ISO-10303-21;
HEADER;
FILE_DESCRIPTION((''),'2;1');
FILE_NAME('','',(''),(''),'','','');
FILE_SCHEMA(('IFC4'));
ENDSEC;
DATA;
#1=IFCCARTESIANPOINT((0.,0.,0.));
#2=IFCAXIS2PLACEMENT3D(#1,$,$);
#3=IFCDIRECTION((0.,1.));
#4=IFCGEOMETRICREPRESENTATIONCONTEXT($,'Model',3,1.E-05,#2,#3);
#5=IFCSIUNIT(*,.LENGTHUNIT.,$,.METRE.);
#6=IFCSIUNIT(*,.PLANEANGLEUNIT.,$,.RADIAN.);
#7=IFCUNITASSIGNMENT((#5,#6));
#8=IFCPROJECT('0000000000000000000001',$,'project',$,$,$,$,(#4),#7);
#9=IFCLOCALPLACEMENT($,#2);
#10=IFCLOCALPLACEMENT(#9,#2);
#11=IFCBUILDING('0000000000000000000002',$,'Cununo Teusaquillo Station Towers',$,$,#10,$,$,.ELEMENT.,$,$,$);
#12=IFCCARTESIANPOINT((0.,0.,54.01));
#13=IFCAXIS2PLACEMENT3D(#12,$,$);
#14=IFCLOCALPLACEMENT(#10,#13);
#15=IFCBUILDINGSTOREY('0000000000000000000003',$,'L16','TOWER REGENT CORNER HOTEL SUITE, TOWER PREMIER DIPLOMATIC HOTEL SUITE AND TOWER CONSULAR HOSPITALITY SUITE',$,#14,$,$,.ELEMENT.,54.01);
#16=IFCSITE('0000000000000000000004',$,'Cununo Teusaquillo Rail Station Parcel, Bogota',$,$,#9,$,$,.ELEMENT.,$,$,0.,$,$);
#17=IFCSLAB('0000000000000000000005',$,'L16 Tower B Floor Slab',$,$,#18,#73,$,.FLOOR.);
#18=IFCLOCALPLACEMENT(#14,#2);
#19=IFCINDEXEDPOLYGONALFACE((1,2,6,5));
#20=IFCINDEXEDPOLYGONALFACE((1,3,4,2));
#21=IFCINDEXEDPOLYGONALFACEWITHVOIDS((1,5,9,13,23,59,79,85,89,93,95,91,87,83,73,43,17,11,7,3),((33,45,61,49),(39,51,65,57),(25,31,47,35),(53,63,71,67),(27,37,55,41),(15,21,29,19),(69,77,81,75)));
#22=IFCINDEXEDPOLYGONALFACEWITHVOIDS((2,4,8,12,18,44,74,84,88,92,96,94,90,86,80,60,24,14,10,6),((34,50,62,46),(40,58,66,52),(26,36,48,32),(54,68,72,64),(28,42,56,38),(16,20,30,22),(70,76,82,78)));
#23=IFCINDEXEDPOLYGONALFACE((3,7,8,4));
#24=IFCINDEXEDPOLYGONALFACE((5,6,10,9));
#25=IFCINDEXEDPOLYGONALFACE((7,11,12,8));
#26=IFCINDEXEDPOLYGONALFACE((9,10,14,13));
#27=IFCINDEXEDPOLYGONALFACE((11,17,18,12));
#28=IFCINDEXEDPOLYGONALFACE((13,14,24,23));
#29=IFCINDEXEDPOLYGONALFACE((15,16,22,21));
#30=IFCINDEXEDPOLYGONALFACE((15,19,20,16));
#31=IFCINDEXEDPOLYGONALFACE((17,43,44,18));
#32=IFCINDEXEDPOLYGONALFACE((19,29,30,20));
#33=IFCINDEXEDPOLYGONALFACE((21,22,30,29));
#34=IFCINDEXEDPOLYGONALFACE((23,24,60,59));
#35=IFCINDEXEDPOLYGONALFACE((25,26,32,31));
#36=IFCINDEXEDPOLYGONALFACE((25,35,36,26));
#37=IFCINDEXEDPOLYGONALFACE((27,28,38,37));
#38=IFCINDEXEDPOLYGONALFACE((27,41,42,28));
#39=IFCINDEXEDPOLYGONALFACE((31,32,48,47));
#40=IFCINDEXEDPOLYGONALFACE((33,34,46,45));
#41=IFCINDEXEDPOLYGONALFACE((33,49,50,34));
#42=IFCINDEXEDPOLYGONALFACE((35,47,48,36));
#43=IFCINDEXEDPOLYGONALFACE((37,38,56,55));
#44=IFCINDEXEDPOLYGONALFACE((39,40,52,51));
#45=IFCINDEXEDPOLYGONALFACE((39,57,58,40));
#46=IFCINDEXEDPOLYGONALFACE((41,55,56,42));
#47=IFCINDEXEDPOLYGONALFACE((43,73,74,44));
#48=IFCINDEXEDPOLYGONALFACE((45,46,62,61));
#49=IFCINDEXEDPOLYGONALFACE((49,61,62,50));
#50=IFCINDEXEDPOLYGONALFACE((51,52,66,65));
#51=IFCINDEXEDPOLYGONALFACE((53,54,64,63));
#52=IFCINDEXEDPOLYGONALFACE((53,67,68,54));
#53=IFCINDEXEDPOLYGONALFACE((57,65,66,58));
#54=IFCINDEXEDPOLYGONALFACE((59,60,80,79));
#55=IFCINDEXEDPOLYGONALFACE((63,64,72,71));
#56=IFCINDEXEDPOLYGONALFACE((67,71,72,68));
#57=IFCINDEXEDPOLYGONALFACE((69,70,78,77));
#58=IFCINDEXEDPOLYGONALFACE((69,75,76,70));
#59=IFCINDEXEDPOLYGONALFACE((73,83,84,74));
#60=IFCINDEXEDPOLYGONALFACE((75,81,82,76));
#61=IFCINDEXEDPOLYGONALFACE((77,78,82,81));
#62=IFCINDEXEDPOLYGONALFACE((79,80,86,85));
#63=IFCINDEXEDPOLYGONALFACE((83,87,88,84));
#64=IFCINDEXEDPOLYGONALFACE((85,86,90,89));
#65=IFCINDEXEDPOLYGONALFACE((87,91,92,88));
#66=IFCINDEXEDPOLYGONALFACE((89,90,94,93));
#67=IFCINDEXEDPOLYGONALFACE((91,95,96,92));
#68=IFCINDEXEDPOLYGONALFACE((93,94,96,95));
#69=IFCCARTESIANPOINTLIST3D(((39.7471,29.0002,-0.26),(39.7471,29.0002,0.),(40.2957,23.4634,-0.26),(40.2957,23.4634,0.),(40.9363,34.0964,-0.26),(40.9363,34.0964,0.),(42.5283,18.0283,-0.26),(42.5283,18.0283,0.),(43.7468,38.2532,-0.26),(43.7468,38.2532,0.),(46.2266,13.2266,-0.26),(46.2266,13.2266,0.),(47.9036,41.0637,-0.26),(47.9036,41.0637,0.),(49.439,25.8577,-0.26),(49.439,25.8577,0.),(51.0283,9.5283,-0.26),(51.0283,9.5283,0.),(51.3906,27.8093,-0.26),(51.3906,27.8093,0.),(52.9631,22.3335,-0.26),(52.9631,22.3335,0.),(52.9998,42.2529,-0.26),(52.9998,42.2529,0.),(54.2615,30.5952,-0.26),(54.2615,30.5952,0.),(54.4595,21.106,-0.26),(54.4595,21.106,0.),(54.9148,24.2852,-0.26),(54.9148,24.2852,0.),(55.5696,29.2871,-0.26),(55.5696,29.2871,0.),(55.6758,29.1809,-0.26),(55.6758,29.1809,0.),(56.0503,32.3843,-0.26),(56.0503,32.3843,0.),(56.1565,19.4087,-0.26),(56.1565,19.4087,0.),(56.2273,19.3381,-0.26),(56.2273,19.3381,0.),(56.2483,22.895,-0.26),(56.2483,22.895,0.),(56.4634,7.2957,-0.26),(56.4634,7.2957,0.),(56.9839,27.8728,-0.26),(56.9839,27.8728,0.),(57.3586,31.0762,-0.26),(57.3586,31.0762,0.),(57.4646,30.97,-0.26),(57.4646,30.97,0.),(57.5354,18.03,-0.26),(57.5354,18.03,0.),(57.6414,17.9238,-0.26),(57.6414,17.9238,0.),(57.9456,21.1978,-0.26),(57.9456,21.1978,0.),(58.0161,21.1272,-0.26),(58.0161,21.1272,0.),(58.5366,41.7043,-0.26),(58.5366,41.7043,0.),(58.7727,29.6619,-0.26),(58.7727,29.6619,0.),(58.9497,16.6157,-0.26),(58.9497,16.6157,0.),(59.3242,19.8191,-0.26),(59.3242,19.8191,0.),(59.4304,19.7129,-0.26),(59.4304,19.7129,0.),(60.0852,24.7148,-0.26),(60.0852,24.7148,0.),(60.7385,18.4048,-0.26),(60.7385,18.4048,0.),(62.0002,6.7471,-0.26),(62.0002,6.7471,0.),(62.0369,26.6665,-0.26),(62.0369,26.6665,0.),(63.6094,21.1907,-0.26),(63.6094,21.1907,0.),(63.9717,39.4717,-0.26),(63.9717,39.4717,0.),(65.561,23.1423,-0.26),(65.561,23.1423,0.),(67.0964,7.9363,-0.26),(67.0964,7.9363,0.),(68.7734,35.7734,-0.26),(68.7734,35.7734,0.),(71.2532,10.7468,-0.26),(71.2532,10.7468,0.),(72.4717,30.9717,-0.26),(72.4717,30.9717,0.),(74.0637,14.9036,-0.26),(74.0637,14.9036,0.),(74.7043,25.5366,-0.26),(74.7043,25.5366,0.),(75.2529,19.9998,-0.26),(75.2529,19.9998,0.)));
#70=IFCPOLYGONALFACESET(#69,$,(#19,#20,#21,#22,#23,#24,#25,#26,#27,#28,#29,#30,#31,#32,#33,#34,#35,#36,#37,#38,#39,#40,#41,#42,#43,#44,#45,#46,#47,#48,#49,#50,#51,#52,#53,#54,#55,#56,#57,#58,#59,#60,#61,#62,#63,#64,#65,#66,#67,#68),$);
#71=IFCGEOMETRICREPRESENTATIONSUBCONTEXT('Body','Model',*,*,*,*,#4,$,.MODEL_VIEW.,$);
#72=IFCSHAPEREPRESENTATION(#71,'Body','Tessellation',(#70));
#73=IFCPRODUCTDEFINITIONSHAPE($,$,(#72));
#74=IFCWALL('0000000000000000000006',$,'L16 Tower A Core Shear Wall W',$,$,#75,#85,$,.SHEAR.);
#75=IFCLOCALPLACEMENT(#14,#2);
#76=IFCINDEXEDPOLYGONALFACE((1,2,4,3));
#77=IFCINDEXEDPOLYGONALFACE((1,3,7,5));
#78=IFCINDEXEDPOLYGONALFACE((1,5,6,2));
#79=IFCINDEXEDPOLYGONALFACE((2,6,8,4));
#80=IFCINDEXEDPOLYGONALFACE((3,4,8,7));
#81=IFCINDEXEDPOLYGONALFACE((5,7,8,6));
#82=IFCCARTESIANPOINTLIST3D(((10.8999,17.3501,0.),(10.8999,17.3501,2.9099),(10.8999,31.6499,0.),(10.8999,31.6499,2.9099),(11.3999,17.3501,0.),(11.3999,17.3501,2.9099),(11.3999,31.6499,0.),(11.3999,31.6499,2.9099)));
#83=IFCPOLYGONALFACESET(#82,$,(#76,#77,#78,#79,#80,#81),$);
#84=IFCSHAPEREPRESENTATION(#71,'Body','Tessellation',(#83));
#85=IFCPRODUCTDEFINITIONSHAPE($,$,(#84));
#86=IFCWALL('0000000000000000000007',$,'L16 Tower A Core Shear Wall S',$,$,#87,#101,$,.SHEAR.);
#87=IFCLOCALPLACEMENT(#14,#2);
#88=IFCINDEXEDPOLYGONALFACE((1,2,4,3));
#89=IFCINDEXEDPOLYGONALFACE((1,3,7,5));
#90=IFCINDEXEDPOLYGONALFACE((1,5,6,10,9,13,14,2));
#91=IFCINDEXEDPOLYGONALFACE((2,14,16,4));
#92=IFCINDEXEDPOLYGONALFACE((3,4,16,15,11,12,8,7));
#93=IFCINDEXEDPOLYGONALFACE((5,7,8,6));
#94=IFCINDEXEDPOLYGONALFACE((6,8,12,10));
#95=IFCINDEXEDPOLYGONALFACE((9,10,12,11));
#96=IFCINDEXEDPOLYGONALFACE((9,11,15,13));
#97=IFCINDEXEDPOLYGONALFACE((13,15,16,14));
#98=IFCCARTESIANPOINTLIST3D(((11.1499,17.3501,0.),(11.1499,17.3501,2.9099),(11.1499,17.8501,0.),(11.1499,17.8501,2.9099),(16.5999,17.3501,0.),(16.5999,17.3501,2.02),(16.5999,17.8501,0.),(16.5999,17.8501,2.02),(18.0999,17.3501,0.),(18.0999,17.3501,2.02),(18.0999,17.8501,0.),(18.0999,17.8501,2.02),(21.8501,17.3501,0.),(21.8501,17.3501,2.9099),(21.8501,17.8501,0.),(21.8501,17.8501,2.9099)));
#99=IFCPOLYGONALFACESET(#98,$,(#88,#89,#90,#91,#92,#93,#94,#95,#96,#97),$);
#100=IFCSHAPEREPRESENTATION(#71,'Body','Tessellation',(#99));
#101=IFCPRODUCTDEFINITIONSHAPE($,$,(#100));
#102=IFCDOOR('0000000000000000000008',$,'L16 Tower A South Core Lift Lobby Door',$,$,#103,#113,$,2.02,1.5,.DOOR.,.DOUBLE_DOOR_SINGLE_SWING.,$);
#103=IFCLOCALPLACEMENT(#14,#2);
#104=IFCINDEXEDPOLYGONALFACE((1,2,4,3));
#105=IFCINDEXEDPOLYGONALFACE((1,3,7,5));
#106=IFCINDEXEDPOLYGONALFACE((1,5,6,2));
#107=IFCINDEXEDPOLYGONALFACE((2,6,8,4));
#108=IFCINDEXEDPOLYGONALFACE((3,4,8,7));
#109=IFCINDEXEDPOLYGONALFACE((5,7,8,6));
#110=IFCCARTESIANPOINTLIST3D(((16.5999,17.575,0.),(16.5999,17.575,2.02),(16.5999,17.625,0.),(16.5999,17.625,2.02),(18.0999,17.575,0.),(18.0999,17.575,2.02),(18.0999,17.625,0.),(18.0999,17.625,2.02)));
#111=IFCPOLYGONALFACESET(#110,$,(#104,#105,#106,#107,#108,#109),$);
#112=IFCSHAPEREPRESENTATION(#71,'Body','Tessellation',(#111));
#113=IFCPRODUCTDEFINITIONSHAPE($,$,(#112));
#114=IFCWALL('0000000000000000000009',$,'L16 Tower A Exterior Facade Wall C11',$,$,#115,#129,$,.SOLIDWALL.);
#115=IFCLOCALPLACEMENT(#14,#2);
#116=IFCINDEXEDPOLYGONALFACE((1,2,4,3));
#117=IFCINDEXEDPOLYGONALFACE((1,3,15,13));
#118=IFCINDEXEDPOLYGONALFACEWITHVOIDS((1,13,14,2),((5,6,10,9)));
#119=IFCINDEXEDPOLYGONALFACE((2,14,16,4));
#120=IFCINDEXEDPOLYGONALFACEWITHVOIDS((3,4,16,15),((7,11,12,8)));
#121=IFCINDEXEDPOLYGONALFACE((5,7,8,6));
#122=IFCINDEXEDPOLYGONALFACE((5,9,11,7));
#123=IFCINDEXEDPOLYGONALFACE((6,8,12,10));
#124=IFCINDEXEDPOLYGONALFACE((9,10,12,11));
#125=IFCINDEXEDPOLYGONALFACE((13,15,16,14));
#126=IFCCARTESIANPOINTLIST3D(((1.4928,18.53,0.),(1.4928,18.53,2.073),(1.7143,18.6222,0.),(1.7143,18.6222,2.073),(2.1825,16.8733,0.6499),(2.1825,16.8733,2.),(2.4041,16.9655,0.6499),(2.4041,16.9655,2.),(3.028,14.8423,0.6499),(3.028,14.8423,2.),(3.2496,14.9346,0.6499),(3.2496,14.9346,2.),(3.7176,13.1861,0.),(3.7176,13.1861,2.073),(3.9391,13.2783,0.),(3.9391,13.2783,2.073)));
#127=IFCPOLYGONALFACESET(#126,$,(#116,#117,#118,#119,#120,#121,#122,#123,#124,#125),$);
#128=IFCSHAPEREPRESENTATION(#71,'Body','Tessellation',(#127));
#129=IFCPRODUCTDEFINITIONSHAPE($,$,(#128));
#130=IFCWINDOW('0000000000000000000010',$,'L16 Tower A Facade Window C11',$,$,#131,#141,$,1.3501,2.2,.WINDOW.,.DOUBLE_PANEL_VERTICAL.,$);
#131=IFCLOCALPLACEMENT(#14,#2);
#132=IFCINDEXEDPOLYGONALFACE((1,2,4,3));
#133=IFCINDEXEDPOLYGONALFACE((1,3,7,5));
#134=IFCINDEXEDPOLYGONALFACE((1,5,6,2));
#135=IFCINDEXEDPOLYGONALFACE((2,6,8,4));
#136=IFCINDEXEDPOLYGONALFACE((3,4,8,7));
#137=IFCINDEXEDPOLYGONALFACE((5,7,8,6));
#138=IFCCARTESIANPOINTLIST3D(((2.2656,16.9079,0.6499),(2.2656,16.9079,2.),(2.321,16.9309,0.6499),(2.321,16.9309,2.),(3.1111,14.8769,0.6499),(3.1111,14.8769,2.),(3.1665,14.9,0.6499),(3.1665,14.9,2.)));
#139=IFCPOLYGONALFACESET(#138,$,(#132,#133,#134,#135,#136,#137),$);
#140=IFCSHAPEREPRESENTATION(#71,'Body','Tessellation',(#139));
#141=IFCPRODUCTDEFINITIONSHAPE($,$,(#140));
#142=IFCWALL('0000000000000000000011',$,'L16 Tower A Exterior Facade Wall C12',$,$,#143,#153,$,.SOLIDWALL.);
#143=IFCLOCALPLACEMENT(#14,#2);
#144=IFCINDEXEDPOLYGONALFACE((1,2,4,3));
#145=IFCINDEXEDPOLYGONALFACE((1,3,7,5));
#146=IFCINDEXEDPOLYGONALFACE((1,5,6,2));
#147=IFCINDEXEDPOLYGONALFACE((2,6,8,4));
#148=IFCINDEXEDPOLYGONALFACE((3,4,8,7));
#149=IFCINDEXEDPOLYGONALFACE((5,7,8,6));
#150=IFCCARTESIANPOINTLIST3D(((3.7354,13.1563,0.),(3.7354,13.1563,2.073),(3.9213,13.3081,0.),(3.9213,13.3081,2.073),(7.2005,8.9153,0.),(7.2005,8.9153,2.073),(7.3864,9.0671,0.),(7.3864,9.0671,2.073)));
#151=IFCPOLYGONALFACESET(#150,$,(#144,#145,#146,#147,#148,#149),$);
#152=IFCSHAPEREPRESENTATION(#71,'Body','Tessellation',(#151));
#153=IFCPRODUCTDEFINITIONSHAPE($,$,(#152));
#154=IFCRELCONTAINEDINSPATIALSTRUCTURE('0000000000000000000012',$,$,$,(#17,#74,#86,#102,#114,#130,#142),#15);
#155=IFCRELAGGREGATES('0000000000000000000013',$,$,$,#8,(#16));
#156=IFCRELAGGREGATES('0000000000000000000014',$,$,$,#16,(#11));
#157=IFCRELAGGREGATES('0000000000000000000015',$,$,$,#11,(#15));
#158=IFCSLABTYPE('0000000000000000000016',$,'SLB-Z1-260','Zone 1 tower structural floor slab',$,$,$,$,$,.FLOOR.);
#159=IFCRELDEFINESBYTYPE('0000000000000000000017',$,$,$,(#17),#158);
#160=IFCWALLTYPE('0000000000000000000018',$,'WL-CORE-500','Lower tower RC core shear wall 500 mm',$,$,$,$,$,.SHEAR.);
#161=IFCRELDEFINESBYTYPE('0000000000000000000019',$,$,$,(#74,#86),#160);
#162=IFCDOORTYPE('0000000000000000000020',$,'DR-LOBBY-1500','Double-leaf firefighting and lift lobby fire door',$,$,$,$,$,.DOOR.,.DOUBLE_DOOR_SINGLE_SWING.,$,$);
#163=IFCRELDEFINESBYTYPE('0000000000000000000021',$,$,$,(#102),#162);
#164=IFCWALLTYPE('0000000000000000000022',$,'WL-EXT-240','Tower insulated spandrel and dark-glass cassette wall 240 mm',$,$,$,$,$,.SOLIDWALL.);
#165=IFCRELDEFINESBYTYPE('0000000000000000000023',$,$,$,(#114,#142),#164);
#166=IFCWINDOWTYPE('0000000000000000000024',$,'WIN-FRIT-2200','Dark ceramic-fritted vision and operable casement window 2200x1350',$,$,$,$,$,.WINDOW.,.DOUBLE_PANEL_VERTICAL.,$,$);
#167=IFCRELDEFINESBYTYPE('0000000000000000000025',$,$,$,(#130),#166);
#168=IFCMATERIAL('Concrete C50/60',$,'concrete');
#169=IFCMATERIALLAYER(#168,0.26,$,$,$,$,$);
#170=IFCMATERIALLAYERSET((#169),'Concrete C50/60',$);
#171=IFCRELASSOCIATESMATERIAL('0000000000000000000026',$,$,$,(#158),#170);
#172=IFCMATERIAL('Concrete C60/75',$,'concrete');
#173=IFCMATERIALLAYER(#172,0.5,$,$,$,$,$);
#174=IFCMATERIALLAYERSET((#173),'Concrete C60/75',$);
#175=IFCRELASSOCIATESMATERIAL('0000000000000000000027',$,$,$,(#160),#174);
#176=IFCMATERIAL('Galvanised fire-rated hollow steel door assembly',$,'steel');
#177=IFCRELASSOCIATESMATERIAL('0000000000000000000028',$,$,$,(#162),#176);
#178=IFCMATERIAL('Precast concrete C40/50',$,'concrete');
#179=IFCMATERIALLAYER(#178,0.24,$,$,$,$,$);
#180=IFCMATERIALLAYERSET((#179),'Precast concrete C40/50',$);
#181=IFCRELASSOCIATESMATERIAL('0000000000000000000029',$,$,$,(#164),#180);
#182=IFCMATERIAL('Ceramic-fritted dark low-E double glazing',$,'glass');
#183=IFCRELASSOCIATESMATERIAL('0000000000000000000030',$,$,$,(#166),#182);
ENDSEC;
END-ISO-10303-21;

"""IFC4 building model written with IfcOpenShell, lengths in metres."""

from ifc_helpers import new_model, si_unit, direction, frame, frame_2d, origin, place, context, subcontext, project, spatial, polyline, rectangle, outline, extrude, source, transform, mapped, material, layer, layer_set, type_object, element, fill, save


model = new_model("IFC4")

# Units and contexts
model_context = context("Model", 3, precision=1e-05, world=origin(), true_north=direction((0.0, 1.0)))
body_context = subcontext(model_context, "Body", "Model", "MODEL_VIEW")
ifc_project = project(units=[si_unit("LENGTHUNIT", "METRE"), si_unit("PLANEANGLEUNIT", "RADIAN")], contexts=[model_context])

# Site, building, storey
site_placement = place(None, origin())
site = spatial("IfcSite", under=ifc_project, at=site_placement, Name="Cununo Teusaquillo Rail Station Parcel, Bogota", CompositionType="ELEMENT", RefElevation=0.0)
building_placement = place(site_placement, origin())
building = spatial("IfcBuilding", under=site, at=building_placement, Name="Cununo Teusaquillo Station Towers", CompositionType="ELEMENT")
storey_placement = place(building_placement, frame((0.0, 0.0, 54.01)))
storey = spatial("IfcBuildingStorey", under=building, at=storey_placement, Name="L16", Description="TOWER REGENT CORNER HOTEL SUITE, TOWER PREMIER DIPLOMATIC HOTEL SUITE AND TOWER CONSULAR HOSPITALITY SUITE", CompositionType="ELEMENT", Elevation=54.01)

# Slab
ifc_material_1 = material(Name="Concrete C50/60", Category="concrete")
ifc_layer_1 = layer(ifc_material_1, 0.26)
ifc_layer_set_1 = layer_set([ifc_layer_1], Name="Concrete C50/60")
slab_type_1 = type_object("IfcSlabType", Name="SLB-Z1-260", Description="Zone 1 tower structural floor slab", PredefinedType="FLOOR", material=ifc_layer_set_1)
slab_1_placement = place(storey_placement, frame((0.0, 0.0, -0.26)))
element("IfcSlab", 1, at=slab_1_placement, inside=storey, type_object=slab_type_1, Name="L16 Tower B Floor Slab", PredefinedType="FLOOR", context=body_context, shape_type="SweptSolid", body=[
    extrude(outline(polyline([(68.7734, 35.7734), (63.9717, 39.4717), (58.5366, 41.7043), (52.9998, 42.2529), (47.9036, 41.0637), (43.7468, 38.2532), (40.9363, 34.0964), (39.7471, 29.0002), (40.2957, 23.4634), (42.5283, 18.0283), (46.2266, 13.2266), (51.0283, 9.5283), (56.4634, 7.2957), (62.0002, 6.7471), (67.0964, 7.9363), (71.2532, 10.7468), (74.0637, 14.9036), (75.2529, 19.9998), (74.7043, 25.5366), (72.4717, 30.9717), (68.7734, 35.7734)]), holes=[polyline([(54.9148, 24.2852), (51.3906, 27.8093), (49.439, 25.8577), (52.9631, 22.3335), (54.9148, 24.2852)]), polyline([(60.0852, 24.7148), (63.6094, 21.1907), (65.561, 23.1423), (62.0369, 26.6665), (60.0852, 24.7148)]), polyline([(56.1565, 19.4087), (57.9456, 21.1978), (56.2483, 22.895), (54.4595, 21.106), (56.1565, 19.4087)]), polyline([(58.9497, 16.6157), (60.7385, 18.4048), (59.4304, 19.7129), (57.6414, 17.9238), (58.9497, 16.6157)]), polyline([(57.5354, 18.03), (59.3242, 19.8191), (58.0161, 21.1272), (56.2273, 19.3381), (57.5354, 18.03)]), polyline([(56.9839, 27.8728), (58.7727, 29.6619), (57.4646, 30.97), (55.6758, 29.1809), (56.9839, 27.8728)]), polyline([(55.5696, 29.2871), (57.3586, 31.0762), (56.0503, 32.3843), (54.2615, 30.5952), (55.5696, 29.2871)])]), origin(), (0.0, 0.0, 1.0), 0.26),
])

# Wall
ifc_material_2 = material(Name="Concrete C60/75", Category="concrete")
ifc_layer_2 = layer(ifc_material_2, 0.5)
ifc_layer_set_2 = layer_set([ifc_layer_2], Name="Concrete C60/75")
wall_type_1 = type_object("IfcWallType", Name="WL-CORE-500", Description="Lower tower RC core shear wall 500 mm", PredefinedType="SHEAR", material=ifc_layer_set_2)
wall_1_placement = place(storey_placement, frame((11.1499, 17.3501, 0.0), z_axis=(0.0, 0.0, 1.0), x_axis=(0.0, 1.0, 0.0)))
element("IfcWall", 2, at=wall_1_placement, inside=storey, type_object=wall_type_1, Name="L16 Tower A Core Shear Wall W", PredefinedType="SHEAR", context=body_context, shape_type="SweptSolid", body=[
    extrude(rectangle(XDim=14.2998, YDim=0.5, at=frame_2d((7.1499, 0.0))), origin(), (0.0, 0.0, 1.0), 2.9099),
])

# Wall, opening, door
wall_2_placement = place(storey_placement, frame((11.1499, 17.6001, 0.0), z_axis=(0.0, 0.0, 1.0), x_axis=(1.0, 0.0, 0.0)))
wall_2 = element("IfcWall", 3, at=wall_2_placement, inside=storey, type_object=wall_type_1, Name="L16 Tower A Core Shear Wall S", PredefinedType="SHEAR", context=body_context, shape_type="SweptSolid", body=[
    extrude(rectangle(XDim=10.7002, YDim=0.5, at=frame_2d((5.3501, 0.0))), origin(), (0.0, 0.0, 1.0), 2.9099),
])
shared_shape_1 = source(origin(), body_context, "Body", "SweptSolid", [
    extrude(rectangle(XDim=1.5, YDim=2.02, at=frame_2d((0.75, 1.01))), frame((0.0, 0.26, 0.0), z_axis=(0.0, -1.0, 0.0), x_axis=(1.0, 0.0, 0.0)), (0.0, 0.0, 1.0), 0.52),
])
opening_1_placement = place(wall_2_placement, frame((5.45, 0.0, 0.0)))
opening_1 = element("IfcOpeningElement", 4, at=opening_1_placement, cuts=wall_2, PredefinedType="OPENING", context=body_context, shape_type="MappedRepresentation", body=[
    mapped(shared_shape_1, transform((0.0, 0.0, 0.0), x_axis=(1.0, 0.0, 0.0), y_axis=(0.0, 1.0, 0.0), z_axis=(0.0, 0.0, 1.0), scale=1.0)),
])
ifc_material_3 = material(Name="Galvanised fire-rated hollow steel door assembly", Category="steel")
door_type_1 = type_object("IfcDoorType", Name="DR-LOBBY-1500", Description="Double-leaf firefighting and lift lobby fire door", OperationType="DOUBLE_DOOR_SINGLE_SWING", PredefinedType="DOOR", material=ifc_material_3)
shared_shape_2 = source(origin(), body_context, "Body", "SweptSolid", [
    extrude(rectangle(XDim=1.5, YDim=2.02, at=frame_2d((0.75, 1.01))), frame((0.0, 0.0249, 0.0), z_axis=(0.0, -1.0, 0.0), x_axis=(1.0, 0.0, 0.0)), (0.0, 0.0, 1.0), 0.05),
])
door_1_placement = place(opening_1_placement, origin())
door_1 = element("IfcDoor", 5, at=door_1_placement, inside=storey, type_object=door_type_1, Name="L16 Tower A South Core Lift Lobby Door", OperationType="DOUBLE_DOOR_SINGLE_SWING", OverallHeight=2.02, OverallWidth=1.5, PredefinedType="DOOR", context=body_context, shape_type="MappedRepresentation", body=[
    mapped(shared_shape_2, transform((0.0, 0.0, 0.0), x_axis=(1.0, 0.0, 0.0), y_axis=(0.0, 1.0, 0.0), z_axis=(0.0, 0.0, 1.0), scale=1.0)),
])
fill(opening_1, door_1)

# Wall, opening, window
ifc_material_4 = material(Name="Precast concrete C40/50", Category="concrete")
ifc_layer_3 = layer(ifc_material_4, 0.24)
ifc_layer_set_3 = layer_set([ifc_layer_3], Name="Precast concrete C40/50")
wall_type_2 = type_object("IfcWallType", Name="WL-EXT-240", Description="Tower insulated spandrel and dark-glass cassette wall 240 mm", PredefinedType="SOLIDWALL", material=ifc_layer_set_3)
wall_3_placement = place(storey_placement, frame((3.8284, 13.2322, 0.0), z_axis=(0.0, 0.0, 1.0), x_axis=(-0.384349, 0.923188, 0.0)))
wall_3 = element("IfcWall", 6, at=wall_3_placement, inside=storey, type_object=wall_type_2, Name="L16 Tower A Exterior Facade Wall C11", PredefinedType="SOLIDWALL", context=body_context, shape_type="SweptSolid", body=[
    extrude(rectangle(XDim=5.7886, YDim=0.24, at=frame_2d((2.8943, 0.0))), origin(), (0.0, 0.0, 1.0), 2.073),
])
shared_shape_3 = source(origin(), body_context, "Body", "SweptSolid", [
    extrude(rectangle(XDim=2.2, YDim=1.3501, at=frame_2d((1.1001, 0.675))), frame((0.0, 0.1299, 0.0), z_axis=(0.0, -1.0, 0.0), x_axis=(1.0, 0.0, 0.0)), (0.0, 0.0, 1.0), 0.26),
])
opening_2_placement = place(wall_3_placement, frame((1.7939, 0.0, 0.6499)))
opening_2 = element("IfcOpeningElement", 7, at=opening_2_placement, cuts=wall_3, PredefinedType="OPENING", context=body_context, shape_type="MappedRepresentation", body=[
    mapped(shared_shape_3, transform((0.0, 0.0, 0.0), x_axis=(1.0, 0.0, 0.0), y_axis=(0.0, 1.0, 0.0), z_axis=(0.0, 0.0, 1.0), scale=1.0)),
])
ifc_material_5 = material(Name="Ceramic-fritted dark low-E double glazing", Category="glass")
window_type_1 = type_object("IfcWindowType", Name="WIN-FRIT-2200", Description="Dark ceramic-fritted vision and operable casement window 2200x1350", PartitioningType="DOUBLE_PANEL_VERTICAL", PredefinedType="WINDOW", material=ifc_material_5)
shared_shape_4 = source(origin(), body_context, "Body", "SweptSolid", [
    extrude(rectangle(XDim=2.2, YDim=1.3501, at=frame_2d((1.1001, 0.675))), frame((0.0, 0.03, 0.0), z_axis=(0.0, -1.0, 0.0), x_axis=(1.0, 0.0, 0.0)), (0.0, 0.0, 1.0), 0.0601),
])
window_1_placement = place(opening_2_placement, origin())
window_1 = element("IfcWindow", 8, at=window_1_placement, inside=storey, type_object=window_type_1, Name="L16 Tower A Facade Window C11", OverallHeight=1.3501, OverallWidth=2.2, PartitioningType="DOUBLE_PANEL_VERTICAL", PredefinedType="WINDOW", context=body_context, shape_type="MappedRepresentation", body=[
    mapped(shared_shape_4, transform((0.0, 0.0, 0.0), x_axis=(1.0, 0.0, 0.0), y_axis=(0.0, 1.0, 0.0), z_axis=(0.0, 0.0, 1.0), scale=1.0)),
])
fill(opening_2, window_1)

# Wall
wall_4_placement = place(storey_placement, frame((7.2935, 8.9912, 0.0), z_axis=(0.0, 0.0, 1.0), x_axis=(-0.632713, 0.774386, 0.0)))
element("IfcWall", 9, at=wall_4_placement, inside=storey, type_object=wall_type_2, Name="L16 Tower A Exterior Facade Wall C12", PredefinedType="SOLIDWALL", context=body_context, shape_type="SweptSolid", body=[
    extrude(rectangle(XDim=5.4766, YDim=0.24, at=frame_2d((2.7383, 0.0))), origin(), (0.0, 0.0, 1.0), 2.073),
])

save(model, "model.ifc")
